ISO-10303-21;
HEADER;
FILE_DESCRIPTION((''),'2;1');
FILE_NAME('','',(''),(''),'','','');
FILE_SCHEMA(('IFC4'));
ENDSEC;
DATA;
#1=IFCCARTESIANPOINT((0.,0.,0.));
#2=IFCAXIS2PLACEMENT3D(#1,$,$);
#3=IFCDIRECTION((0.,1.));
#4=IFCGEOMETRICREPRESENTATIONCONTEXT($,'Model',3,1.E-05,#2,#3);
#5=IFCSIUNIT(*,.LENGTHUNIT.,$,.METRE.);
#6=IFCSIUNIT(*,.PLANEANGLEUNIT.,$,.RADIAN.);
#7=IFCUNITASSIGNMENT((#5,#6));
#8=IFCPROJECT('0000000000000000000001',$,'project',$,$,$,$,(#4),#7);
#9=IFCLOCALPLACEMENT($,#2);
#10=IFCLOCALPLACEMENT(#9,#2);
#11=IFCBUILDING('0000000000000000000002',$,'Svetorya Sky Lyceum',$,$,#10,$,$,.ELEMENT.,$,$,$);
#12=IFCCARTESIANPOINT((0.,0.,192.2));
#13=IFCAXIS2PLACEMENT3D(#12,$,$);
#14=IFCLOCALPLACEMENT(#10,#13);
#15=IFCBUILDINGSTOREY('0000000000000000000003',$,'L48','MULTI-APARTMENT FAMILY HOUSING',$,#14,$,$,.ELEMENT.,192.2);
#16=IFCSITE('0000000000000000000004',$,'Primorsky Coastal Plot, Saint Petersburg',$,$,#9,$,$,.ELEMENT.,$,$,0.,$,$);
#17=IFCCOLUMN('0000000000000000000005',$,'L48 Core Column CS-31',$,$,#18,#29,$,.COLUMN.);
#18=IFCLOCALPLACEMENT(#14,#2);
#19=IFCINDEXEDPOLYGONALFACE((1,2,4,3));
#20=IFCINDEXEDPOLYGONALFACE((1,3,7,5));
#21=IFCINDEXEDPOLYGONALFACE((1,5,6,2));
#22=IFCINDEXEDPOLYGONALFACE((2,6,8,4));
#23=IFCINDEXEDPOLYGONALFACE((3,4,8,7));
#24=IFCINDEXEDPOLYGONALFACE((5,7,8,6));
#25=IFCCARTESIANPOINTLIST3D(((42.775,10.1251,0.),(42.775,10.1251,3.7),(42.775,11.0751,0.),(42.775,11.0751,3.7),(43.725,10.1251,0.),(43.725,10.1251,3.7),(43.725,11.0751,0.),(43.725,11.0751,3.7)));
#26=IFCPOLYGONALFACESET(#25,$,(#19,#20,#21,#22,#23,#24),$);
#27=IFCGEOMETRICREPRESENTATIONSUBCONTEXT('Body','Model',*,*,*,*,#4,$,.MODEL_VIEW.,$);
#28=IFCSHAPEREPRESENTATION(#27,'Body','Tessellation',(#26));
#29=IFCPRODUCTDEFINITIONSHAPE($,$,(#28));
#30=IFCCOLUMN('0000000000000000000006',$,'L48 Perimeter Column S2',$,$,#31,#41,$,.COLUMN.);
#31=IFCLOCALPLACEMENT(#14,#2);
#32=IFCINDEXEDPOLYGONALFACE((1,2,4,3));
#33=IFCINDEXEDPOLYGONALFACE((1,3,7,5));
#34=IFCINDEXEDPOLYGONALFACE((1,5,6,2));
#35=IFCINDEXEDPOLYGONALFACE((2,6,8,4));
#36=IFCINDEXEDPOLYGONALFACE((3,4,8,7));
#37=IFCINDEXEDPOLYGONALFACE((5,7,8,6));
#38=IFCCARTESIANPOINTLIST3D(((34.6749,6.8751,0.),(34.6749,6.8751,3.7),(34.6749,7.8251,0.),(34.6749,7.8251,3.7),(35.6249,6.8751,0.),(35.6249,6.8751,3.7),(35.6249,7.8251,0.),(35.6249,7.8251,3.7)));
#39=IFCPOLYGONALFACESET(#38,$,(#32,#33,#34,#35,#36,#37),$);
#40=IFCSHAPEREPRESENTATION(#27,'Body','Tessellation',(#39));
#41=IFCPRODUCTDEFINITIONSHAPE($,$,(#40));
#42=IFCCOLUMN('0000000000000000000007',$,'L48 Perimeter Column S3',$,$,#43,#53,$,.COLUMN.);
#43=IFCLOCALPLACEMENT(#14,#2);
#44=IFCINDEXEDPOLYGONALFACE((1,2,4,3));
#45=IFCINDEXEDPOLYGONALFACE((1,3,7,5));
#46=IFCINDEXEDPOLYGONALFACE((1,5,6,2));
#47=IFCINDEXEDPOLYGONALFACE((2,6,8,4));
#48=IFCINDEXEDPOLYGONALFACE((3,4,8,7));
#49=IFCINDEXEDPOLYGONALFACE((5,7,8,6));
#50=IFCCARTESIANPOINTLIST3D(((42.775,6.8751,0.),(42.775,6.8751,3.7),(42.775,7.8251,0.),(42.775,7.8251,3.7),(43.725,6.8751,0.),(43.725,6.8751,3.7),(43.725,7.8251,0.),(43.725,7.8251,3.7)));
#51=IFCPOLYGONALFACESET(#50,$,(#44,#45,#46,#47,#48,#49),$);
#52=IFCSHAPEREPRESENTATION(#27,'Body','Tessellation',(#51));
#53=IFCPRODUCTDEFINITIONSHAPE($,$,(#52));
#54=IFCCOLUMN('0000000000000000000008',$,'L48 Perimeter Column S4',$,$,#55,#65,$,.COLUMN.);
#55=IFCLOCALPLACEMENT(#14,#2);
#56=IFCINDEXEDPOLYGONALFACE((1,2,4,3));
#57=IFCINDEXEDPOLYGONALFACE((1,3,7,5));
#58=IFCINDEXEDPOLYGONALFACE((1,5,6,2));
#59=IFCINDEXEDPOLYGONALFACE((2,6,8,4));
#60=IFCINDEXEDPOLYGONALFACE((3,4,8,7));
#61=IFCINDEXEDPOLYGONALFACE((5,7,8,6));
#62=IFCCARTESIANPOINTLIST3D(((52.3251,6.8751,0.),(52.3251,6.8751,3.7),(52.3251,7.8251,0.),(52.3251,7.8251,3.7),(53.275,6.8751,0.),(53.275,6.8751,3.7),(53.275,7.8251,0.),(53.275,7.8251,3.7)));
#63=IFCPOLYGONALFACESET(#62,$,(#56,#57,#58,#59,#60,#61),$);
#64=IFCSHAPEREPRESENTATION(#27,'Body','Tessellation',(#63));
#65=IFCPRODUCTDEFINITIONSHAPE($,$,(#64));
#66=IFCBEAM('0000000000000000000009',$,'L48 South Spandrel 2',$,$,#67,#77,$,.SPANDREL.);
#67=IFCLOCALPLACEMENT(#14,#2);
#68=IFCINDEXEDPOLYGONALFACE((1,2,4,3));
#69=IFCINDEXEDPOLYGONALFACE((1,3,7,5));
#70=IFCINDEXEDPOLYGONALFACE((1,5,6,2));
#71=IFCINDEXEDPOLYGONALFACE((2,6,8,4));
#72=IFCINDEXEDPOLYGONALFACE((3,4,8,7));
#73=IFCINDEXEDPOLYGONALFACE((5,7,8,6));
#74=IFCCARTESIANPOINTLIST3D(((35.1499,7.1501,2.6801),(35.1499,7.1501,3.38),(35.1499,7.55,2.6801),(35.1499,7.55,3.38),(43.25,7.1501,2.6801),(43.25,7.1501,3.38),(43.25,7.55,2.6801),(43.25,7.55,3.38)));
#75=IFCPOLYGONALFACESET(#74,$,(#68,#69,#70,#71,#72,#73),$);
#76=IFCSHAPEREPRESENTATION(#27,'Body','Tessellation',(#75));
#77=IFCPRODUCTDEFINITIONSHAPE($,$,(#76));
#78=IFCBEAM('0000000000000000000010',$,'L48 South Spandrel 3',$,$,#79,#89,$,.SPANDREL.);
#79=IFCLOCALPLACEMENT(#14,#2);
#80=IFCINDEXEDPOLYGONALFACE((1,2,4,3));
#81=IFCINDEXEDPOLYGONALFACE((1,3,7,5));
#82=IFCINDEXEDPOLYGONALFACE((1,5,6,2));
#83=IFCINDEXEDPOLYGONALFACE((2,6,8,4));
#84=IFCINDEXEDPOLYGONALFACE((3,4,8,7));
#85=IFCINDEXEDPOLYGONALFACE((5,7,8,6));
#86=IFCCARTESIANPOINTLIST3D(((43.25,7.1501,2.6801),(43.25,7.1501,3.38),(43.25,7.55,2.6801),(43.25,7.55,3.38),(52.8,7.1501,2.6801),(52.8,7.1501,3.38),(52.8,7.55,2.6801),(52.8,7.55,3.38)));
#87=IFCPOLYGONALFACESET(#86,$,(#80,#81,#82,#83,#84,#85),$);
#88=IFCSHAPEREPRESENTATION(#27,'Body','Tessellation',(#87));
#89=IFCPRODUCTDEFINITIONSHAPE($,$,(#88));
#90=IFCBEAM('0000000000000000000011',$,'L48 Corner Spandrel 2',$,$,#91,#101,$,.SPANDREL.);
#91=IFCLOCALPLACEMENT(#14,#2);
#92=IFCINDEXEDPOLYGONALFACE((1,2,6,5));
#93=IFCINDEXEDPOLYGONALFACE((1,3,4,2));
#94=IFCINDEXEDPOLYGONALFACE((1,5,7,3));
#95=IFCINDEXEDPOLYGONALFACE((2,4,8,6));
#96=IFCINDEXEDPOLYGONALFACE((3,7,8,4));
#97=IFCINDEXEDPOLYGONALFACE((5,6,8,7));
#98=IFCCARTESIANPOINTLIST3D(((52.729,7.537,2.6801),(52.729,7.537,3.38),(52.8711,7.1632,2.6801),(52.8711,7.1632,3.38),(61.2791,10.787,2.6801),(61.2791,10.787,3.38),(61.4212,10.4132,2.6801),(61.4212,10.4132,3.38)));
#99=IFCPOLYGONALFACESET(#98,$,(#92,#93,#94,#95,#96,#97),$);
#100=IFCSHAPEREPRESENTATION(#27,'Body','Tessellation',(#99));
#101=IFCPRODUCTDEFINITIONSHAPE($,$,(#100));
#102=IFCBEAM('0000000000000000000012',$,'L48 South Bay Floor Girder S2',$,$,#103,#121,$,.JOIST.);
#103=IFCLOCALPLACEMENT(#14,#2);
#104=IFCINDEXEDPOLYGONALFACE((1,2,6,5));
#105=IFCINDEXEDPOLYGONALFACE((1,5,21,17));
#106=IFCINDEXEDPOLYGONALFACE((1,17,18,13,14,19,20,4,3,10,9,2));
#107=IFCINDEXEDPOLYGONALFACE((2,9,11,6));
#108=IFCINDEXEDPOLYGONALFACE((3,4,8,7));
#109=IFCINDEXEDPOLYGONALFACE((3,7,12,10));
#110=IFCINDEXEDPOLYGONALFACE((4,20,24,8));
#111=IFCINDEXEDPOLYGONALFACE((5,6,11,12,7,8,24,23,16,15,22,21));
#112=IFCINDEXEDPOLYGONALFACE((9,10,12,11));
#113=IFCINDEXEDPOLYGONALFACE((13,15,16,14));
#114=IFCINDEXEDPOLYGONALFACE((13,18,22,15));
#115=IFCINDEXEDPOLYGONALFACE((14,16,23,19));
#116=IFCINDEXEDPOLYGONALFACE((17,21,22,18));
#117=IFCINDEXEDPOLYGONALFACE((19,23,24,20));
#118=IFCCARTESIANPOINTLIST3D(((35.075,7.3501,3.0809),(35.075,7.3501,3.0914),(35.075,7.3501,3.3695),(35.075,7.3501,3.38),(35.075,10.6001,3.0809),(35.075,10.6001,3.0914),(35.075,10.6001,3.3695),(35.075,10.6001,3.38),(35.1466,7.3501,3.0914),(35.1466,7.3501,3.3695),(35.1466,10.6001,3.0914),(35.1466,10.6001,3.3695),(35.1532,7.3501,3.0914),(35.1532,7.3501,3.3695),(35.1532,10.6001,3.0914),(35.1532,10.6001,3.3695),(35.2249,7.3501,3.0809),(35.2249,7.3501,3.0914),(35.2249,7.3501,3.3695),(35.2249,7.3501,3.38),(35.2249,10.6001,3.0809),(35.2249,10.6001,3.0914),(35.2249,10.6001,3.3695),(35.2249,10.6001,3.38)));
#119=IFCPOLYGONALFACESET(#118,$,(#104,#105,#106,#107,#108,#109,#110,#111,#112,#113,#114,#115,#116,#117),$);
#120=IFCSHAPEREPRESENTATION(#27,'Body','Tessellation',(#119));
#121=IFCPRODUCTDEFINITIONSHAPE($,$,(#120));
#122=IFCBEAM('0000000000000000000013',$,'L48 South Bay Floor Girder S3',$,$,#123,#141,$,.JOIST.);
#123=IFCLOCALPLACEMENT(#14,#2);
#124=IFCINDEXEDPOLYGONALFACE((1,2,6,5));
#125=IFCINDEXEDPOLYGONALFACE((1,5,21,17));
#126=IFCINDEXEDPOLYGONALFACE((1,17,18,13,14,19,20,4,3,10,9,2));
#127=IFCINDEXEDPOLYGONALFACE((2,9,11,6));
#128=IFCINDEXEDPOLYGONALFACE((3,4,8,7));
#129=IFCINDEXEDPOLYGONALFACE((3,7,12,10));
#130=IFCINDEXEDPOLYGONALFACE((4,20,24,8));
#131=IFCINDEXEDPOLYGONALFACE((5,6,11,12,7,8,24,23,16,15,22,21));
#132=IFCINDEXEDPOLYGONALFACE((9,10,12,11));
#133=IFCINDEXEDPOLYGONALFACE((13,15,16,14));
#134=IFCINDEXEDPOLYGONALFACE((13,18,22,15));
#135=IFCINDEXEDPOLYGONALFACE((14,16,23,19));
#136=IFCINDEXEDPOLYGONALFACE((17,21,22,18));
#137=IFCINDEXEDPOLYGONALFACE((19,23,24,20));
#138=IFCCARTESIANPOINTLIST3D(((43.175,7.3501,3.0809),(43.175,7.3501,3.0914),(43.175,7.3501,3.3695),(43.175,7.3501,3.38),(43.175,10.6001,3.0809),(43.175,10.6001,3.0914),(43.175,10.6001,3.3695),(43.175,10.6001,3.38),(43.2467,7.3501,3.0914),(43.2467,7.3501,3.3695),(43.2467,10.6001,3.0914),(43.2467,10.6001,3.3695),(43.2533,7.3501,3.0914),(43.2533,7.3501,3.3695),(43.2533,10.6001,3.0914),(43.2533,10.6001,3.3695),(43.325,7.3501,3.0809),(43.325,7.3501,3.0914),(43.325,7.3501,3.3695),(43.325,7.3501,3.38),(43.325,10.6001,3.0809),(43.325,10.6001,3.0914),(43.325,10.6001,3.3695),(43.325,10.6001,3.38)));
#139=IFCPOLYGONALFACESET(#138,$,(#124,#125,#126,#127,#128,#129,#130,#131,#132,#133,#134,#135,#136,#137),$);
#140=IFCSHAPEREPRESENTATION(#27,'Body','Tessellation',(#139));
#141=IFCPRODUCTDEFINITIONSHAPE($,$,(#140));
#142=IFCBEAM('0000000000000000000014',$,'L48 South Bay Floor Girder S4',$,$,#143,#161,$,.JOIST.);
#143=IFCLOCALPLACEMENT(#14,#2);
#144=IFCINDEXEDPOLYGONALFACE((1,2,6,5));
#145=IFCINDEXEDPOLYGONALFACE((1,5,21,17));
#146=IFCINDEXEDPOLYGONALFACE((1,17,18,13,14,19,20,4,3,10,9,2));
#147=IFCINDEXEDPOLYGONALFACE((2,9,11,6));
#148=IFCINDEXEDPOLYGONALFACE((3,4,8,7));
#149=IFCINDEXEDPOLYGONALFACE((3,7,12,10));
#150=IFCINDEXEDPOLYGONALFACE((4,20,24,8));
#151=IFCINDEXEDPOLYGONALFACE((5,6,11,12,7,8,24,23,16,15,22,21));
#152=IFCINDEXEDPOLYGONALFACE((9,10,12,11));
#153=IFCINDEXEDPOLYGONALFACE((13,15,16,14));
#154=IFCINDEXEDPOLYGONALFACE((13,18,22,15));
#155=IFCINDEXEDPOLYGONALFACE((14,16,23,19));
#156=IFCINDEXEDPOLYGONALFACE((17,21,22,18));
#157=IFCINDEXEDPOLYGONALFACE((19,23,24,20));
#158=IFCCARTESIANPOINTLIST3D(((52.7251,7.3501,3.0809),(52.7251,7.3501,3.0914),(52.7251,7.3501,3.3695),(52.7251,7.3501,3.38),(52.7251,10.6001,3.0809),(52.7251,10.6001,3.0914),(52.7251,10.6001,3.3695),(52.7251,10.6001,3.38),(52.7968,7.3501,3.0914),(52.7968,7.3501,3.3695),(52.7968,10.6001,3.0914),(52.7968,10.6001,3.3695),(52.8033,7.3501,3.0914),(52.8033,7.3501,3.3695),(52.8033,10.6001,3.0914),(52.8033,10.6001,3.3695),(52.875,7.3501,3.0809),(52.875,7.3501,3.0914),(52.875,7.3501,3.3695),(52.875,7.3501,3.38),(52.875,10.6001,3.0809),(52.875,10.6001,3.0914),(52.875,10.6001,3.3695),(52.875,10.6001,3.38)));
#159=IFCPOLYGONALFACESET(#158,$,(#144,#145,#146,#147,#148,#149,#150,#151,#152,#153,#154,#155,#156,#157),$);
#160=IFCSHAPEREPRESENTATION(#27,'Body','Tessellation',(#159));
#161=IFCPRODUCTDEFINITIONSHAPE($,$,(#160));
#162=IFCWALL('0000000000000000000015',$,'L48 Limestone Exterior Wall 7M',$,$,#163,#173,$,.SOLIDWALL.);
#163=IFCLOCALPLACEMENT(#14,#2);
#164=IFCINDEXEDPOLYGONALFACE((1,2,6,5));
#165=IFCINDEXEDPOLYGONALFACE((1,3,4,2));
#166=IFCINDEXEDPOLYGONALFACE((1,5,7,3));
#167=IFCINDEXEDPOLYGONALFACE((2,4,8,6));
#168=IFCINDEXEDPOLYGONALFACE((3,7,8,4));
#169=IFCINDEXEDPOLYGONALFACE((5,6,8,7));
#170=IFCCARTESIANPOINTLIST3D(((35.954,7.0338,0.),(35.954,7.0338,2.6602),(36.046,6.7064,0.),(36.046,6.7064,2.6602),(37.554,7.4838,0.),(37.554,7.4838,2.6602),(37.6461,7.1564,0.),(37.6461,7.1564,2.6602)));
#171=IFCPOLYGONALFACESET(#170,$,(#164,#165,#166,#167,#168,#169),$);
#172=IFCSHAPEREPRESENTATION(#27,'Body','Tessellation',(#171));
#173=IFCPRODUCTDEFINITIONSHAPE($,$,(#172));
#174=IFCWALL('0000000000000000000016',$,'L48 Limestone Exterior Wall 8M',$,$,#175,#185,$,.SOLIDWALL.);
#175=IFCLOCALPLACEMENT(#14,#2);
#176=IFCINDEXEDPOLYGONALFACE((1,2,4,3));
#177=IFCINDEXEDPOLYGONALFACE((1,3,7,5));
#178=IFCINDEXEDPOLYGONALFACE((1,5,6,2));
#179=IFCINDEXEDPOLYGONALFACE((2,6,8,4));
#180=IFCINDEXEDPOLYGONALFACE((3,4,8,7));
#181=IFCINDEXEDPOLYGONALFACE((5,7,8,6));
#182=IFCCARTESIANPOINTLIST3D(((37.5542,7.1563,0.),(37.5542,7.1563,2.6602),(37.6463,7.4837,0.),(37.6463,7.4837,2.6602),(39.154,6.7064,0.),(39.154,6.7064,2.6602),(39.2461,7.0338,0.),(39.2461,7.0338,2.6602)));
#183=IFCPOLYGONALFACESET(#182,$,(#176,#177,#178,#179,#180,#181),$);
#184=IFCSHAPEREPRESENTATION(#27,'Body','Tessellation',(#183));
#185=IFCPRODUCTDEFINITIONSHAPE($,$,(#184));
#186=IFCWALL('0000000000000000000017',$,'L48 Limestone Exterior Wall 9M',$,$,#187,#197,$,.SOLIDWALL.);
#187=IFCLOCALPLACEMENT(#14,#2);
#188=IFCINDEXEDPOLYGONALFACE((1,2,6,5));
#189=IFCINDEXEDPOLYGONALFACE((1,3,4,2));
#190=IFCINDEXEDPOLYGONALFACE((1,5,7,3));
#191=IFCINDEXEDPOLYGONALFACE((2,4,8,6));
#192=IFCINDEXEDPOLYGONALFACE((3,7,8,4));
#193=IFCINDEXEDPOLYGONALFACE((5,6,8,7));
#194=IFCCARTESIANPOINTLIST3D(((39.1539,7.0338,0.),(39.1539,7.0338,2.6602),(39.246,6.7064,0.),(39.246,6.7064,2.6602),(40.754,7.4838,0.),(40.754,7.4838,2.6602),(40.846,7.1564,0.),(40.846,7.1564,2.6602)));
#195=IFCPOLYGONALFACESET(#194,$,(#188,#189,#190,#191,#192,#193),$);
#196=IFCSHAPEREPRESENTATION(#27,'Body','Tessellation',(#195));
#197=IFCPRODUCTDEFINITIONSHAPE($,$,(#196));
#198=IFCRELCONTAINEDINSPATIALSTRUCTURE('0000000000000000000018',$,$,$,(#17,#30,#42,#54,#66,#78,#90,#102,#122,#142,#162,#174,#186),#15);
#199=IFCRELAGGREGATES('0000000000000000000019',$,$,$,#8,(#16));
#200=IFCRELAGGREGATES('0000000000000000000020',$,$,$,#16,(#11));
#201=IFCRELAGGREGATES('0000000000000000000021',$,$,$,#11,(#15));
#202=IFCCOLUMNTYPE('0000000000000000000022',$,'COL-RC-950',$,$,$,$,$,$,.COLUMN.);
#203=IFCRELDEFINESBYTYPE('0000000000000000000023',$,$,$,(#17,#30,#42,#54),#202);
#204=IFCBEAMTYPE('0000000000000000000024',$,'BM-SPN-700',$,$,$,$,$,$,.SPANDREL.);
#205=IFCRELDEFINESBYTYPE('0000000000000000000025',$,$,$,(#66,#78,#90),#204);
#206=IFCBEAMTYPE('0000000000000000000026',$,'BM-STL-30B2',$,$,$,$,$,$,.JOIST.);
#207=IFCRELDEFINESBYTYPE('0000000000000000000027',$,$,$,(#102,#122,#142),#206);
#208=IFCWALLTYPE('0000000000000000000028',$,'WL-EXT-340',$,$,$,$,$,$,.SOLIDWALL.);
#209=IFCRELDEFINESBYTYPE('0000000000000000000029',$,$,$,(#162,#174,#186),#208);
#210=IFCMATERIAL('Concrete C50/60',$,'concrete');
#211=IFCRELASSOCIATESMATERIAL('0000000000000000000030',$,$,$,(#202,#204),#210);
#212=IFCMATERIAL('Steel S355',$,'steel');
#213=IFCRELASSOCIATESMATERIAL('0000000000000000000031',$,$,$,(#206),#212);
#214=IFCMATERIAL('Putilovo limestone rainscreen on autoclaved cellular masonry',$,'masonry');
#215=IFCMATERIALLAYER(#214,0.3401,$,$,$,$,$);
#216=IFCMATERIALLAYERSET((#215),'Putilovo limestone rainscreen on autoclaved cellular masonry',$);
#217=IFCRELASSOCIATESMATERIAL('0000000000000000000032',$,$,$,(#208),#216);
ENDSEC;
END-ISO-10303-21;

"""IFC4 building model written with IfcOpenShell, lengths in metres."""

from ifc_helpers import new_model, si_unit, direction, frame, frame_2d, origin, origin_2d, place, context, subcontext, project, spatial, rectangle, i_section, extrude, material, layer, layer_set, material_profile, profile_set, type_object, element, save


model = new_model("IFC4")

# Units and contexts
model_context = context("Model", 3, precision=1e-05, world=origin(), true_north=direction((0.0, 1.0)))
body_context = subcontext(model_context, "Body", "Model", "MODEL_VIEW")
ifc_project = project(units=[si_unit("LENGTHUNIT", "METRE"), si_unit("PLANEANGLEUNIT", "RADIAN")], contexts=[model_context])

# Site, building, storey
site_placement = place(None, origin())
site = spatial("IfcSite", under=ifc_project, at=site_placement, Name="Primorsky Coastal Plot, Saint Petersburg", CompositionType="ELEMENT", RefElevation=0.0)
building_placement = place(site_placement, origin())
building = spatial("IfcBuilding", under=site, at=building_placement, Name="Svetorya Sky Lyceum", CompositionType="ELEMENT")
storey_placement = place(building_placement, frame((0.0, 0.0, 192.2)))
storey = spatial("IfcBuildingStorey", under=building, at=storey_placement, Name="L48", Description="MULTI-APARTMENT FAMILY HOUSING", CompositionType="ELEMENT", Elevation=192.2)

# Columns
ifc_material_1 = material(Name="Concrete C50/60", Category="concrete")
ifc_material_profile_1 = material_profile(ifc_material_1, rectangle(XDim=0.95, YDim=0.95, at=origin_2d()), Name="RC COL 950x950")
ifc_profile_set_1 = profile_set([ifc_material_profile_1], Name="Concrete C50/60")
column_type = type_object("IfcColumnType", Name="COL-RC-950", PredefinedType="COLUMN", material=ifc_profile_set_1)
for number, where, z_axis, x_axis, name in (
    (1, (43.25, 10.6001, 0.0), (0.0, 0.0, 1.0), (1.0, 0.0, 0.0), "L48 Core Column CS-31"),
    (2, (35.1499, 7.3501, 0.0), (0.0, 0.0, 1.0), (1.0, 0.0, 0.0), "L48 Perimeter Column S2"),
    (3, (43.25, 7.3501, 0.0), (0.0, 0.0, 1.0), (1.0, 0.0, 0.0), "L48 Perimeter Column S3"),
    (4, (52.8, 7.3501, 0.0), (0.0, 0.0, 1.0), (1.0, 0.0, 0.0), "L48 Perimeter Column S4"),
):
    element("IfcColumn", number, at=place(storey_placement, frame(where, z_axis=z_axis, x_axis=x_axis)), inside=storey, type_object=column_type, Name=name, PredefinedType="COLUMN", context=body_context, shape_type="SweptSolid", body=[
        extrude(rectangle(XDim=0.95, YDim=0.95, at=origin_2d()), origin(), (0.0, 0.0, 1.0), 3.7),
    ])

# Beams
ifc_material_profile_2 = material_profile(ifc_material_1, rectangle(XDim=0.3999, YDim=0.7, at=origin_2d()), Name="RC SPANDREL 400x700")
ifc_profile_set_2 = profile_set([ifc_material_profile_2], Name="Concrete C50/60")
beam_type_1 = type_object("IfcBeamType", Name="BM-SPN-700", PredefinedType="SPANDREL", material=ifc_profile_set_2)
beam_1_placement = place(storey_placement, frame((35.1499, 7.3501, 3.03), z_axis=(1.0, 0.0, 0.0), x_axis=(0.0, 1.0, 0.0)))
element("IfcBeam", 5, at=beam_1_placement, inside=storey, type_object=beam_type_1, Name="L48 South Spandrel 2", PredefinedType="SPANDREL", context=body_context, shape_type="SweptSolid", body=[
    extrude(rectangle(XDim=0.3999, YDim=0.7, at=origin_2d()), origin(), (0.0, 0.0, 1.0), 8.1001),
])
beam_2_placement = place(storey_placement, frame((43.25, 7.3501, 3.03), z_axis=(1.0, 0.0, 0.0), x_axis=(0.0, 1.0, 0.0)))
element("IfcBeam", 6, at=beam_2_placement, inside=storey, type_object=beam_type_1, Name="L48 South Spandrel 3", PredefinedType="SPANDREL", context=body_context, shape_type="SweptSolid", body=[
    extrude(rectangle(XDim=0.3999, YDim=0.7, at=origin_2d()), origin(), (0.0, 0.0, 1.0), 9.55),
])
beam_3_placement = place(storey_placement, frame((52.8, 7.3501, 3.03), z_axis=(0.934748, 0.355312, 0.0), x_axis=(-0.355312, 0.934748, 0.0)))
element("IfcBeam", 7, at=beam_3_placement, inside=storey, type_object=beam_type_1, Name="L48 Corner Spandrel 2", PredefinedType="SPANDREL", context=body_context, shape_type="SweptSolid", body=[
    extrude(rectangle(XDim=0.3999, YDim=0.7, at=origin_2d()), origin(), (0.0, 0.0, 1.0), 9.147),
])
ifc_material_2 = material(Name="Steel S355", Category="steel")
ifc_material_profile_3 = material_profile(ifc_material_2, i_section(OverallWidth=0.1499, OverallDepth=0.2991, WebThickness=0.0066, FlangeThickness=0.0105, at=origin_2d()), Name="GOST 30B2")
ifc_profile_set_3 = profile_set([ifc_material_profile_3], Name="Steel S355")
beam_type_2 = type_object("IfcBeamType", Name="BM-STL-30B2", PredefinedType="JOIST", material=ifc_profile_set_3)
for number, where, z_axis, x_axis, name in (
    (8, (35.1499, 7.3501, 3.2305), (0.0, 1.0, 0.0), (-1.0, 0.0, 0.0), "L48 South Bay Floor Girder S2"),
    (9, (43.25, 7.3501, 3.2305), (0.0, 1.0, 0.0), (-1.0, 0.0, 0.0), "L48 South Bay Floor Girder S3"),
    (10, (52.8, 7.3501, 3.2305), (0.0, 1.0, 0.0), (-1.0, 0.0, 0.0), "L48 South Bay Floor Girder S4"),
):
    element("IfcBeam", number, at=place(storey_placement, frame(where, z_axis=z_axis, x_axis=x_axis)), inside=storey, type_object=beam_type_2, Name=name, PredefinedType="JOIST", context=body_context, shape_type="SweptSolid", body=[
        extrude(i_section(OverallWidth=0.1499, OverallDepth=0.2991, WebThickness=0.0066, FlangeThickness=0.0105, at=origin_2d()), origin(), (0.0, 0.0, 1.0), 3.25),
    ])

# Walls
ifc_material_3 = material(Name="Putilovo limestone rainscreen on autoclaved cellular masonry", Category="masonry")
ifc_layer_1 = layer(ifc_material_3, 0.3401)
ifc_layer_set_1 = layer_set([ifc_layer_1], Name="Putilovo limestone rainscreen on autoclaved cellular masonry")
wall_type_1 = type_object("IfcWallType", Name="WL-EXT-340", PredefinedType="SOLIDWALL", material=ifc_layer_set_1)
wall_1_placement = place(storey_placement, frame((36.0, 6.8701, 0.0), z_axis=(0.0, 0.0, 1.0), x_axis=(0.962663, 0.270703, 0.0)))
element("IfcWall", 11, at=wall_1_placement, inside=storey, type_object=wall_type_1, Name="L48 Limestone Exterior Wall 7M", PredefinedType="SOLIDWALL", context=body_context, shape_type="SweptSolid", body=[
    extrude(rectangle(XDim=1.6621, YDim=0.3401, at=frame_2d((0.8311, 0.0))), origin(), (0.0, 0.0, 1.0), 2.6602),
])
wall_2_placement = place(storey_placement, frame((37.6001, 7.3201, 0.0), z_axis=(0.0, 0.0, 1.0), x_axis=(0.962652, -0.270741, 0.0)))
element("IfcWall", 12, at=wall_2_placement, inside=storey, type_object=wall_type_1, Name="L48 Limestone Exterior Wall 8M", PredefinedType="SOLIDWALL", context=body_context, shape_type="SweptSolid", body=[
    extrude(rectangle(XDim=1.6619, YDim=0.3401, at=frame_2d((0.8311, 0.0))), origin(), (0.0, 0.0, 1.0), 2.6602),
])
wall_3_placement = place(storey_placement, frame((39.2, 6.8701, 0.0), z_axis=(0.0, 0.0, 1.0), x_axis=(0.962663, 0.270703, 0.0)))
element("IfcWall", 13, at=wall_3_placement, inside=storey, type_object=wall_type_1, Name="L48 Limestone Exterior Wall 9M", PredefinedType="SOLIDWALL", context=body_context, shape_type="SweptSolid", body=[
    extrude(rectangle(XDim=1.6621, YDim=0.3401, at=frame_2d((0.8311, 0.0))), origin(), (0.0, 0.0, 1.0), 2.6602),
])

save(model, "model.ifc")
